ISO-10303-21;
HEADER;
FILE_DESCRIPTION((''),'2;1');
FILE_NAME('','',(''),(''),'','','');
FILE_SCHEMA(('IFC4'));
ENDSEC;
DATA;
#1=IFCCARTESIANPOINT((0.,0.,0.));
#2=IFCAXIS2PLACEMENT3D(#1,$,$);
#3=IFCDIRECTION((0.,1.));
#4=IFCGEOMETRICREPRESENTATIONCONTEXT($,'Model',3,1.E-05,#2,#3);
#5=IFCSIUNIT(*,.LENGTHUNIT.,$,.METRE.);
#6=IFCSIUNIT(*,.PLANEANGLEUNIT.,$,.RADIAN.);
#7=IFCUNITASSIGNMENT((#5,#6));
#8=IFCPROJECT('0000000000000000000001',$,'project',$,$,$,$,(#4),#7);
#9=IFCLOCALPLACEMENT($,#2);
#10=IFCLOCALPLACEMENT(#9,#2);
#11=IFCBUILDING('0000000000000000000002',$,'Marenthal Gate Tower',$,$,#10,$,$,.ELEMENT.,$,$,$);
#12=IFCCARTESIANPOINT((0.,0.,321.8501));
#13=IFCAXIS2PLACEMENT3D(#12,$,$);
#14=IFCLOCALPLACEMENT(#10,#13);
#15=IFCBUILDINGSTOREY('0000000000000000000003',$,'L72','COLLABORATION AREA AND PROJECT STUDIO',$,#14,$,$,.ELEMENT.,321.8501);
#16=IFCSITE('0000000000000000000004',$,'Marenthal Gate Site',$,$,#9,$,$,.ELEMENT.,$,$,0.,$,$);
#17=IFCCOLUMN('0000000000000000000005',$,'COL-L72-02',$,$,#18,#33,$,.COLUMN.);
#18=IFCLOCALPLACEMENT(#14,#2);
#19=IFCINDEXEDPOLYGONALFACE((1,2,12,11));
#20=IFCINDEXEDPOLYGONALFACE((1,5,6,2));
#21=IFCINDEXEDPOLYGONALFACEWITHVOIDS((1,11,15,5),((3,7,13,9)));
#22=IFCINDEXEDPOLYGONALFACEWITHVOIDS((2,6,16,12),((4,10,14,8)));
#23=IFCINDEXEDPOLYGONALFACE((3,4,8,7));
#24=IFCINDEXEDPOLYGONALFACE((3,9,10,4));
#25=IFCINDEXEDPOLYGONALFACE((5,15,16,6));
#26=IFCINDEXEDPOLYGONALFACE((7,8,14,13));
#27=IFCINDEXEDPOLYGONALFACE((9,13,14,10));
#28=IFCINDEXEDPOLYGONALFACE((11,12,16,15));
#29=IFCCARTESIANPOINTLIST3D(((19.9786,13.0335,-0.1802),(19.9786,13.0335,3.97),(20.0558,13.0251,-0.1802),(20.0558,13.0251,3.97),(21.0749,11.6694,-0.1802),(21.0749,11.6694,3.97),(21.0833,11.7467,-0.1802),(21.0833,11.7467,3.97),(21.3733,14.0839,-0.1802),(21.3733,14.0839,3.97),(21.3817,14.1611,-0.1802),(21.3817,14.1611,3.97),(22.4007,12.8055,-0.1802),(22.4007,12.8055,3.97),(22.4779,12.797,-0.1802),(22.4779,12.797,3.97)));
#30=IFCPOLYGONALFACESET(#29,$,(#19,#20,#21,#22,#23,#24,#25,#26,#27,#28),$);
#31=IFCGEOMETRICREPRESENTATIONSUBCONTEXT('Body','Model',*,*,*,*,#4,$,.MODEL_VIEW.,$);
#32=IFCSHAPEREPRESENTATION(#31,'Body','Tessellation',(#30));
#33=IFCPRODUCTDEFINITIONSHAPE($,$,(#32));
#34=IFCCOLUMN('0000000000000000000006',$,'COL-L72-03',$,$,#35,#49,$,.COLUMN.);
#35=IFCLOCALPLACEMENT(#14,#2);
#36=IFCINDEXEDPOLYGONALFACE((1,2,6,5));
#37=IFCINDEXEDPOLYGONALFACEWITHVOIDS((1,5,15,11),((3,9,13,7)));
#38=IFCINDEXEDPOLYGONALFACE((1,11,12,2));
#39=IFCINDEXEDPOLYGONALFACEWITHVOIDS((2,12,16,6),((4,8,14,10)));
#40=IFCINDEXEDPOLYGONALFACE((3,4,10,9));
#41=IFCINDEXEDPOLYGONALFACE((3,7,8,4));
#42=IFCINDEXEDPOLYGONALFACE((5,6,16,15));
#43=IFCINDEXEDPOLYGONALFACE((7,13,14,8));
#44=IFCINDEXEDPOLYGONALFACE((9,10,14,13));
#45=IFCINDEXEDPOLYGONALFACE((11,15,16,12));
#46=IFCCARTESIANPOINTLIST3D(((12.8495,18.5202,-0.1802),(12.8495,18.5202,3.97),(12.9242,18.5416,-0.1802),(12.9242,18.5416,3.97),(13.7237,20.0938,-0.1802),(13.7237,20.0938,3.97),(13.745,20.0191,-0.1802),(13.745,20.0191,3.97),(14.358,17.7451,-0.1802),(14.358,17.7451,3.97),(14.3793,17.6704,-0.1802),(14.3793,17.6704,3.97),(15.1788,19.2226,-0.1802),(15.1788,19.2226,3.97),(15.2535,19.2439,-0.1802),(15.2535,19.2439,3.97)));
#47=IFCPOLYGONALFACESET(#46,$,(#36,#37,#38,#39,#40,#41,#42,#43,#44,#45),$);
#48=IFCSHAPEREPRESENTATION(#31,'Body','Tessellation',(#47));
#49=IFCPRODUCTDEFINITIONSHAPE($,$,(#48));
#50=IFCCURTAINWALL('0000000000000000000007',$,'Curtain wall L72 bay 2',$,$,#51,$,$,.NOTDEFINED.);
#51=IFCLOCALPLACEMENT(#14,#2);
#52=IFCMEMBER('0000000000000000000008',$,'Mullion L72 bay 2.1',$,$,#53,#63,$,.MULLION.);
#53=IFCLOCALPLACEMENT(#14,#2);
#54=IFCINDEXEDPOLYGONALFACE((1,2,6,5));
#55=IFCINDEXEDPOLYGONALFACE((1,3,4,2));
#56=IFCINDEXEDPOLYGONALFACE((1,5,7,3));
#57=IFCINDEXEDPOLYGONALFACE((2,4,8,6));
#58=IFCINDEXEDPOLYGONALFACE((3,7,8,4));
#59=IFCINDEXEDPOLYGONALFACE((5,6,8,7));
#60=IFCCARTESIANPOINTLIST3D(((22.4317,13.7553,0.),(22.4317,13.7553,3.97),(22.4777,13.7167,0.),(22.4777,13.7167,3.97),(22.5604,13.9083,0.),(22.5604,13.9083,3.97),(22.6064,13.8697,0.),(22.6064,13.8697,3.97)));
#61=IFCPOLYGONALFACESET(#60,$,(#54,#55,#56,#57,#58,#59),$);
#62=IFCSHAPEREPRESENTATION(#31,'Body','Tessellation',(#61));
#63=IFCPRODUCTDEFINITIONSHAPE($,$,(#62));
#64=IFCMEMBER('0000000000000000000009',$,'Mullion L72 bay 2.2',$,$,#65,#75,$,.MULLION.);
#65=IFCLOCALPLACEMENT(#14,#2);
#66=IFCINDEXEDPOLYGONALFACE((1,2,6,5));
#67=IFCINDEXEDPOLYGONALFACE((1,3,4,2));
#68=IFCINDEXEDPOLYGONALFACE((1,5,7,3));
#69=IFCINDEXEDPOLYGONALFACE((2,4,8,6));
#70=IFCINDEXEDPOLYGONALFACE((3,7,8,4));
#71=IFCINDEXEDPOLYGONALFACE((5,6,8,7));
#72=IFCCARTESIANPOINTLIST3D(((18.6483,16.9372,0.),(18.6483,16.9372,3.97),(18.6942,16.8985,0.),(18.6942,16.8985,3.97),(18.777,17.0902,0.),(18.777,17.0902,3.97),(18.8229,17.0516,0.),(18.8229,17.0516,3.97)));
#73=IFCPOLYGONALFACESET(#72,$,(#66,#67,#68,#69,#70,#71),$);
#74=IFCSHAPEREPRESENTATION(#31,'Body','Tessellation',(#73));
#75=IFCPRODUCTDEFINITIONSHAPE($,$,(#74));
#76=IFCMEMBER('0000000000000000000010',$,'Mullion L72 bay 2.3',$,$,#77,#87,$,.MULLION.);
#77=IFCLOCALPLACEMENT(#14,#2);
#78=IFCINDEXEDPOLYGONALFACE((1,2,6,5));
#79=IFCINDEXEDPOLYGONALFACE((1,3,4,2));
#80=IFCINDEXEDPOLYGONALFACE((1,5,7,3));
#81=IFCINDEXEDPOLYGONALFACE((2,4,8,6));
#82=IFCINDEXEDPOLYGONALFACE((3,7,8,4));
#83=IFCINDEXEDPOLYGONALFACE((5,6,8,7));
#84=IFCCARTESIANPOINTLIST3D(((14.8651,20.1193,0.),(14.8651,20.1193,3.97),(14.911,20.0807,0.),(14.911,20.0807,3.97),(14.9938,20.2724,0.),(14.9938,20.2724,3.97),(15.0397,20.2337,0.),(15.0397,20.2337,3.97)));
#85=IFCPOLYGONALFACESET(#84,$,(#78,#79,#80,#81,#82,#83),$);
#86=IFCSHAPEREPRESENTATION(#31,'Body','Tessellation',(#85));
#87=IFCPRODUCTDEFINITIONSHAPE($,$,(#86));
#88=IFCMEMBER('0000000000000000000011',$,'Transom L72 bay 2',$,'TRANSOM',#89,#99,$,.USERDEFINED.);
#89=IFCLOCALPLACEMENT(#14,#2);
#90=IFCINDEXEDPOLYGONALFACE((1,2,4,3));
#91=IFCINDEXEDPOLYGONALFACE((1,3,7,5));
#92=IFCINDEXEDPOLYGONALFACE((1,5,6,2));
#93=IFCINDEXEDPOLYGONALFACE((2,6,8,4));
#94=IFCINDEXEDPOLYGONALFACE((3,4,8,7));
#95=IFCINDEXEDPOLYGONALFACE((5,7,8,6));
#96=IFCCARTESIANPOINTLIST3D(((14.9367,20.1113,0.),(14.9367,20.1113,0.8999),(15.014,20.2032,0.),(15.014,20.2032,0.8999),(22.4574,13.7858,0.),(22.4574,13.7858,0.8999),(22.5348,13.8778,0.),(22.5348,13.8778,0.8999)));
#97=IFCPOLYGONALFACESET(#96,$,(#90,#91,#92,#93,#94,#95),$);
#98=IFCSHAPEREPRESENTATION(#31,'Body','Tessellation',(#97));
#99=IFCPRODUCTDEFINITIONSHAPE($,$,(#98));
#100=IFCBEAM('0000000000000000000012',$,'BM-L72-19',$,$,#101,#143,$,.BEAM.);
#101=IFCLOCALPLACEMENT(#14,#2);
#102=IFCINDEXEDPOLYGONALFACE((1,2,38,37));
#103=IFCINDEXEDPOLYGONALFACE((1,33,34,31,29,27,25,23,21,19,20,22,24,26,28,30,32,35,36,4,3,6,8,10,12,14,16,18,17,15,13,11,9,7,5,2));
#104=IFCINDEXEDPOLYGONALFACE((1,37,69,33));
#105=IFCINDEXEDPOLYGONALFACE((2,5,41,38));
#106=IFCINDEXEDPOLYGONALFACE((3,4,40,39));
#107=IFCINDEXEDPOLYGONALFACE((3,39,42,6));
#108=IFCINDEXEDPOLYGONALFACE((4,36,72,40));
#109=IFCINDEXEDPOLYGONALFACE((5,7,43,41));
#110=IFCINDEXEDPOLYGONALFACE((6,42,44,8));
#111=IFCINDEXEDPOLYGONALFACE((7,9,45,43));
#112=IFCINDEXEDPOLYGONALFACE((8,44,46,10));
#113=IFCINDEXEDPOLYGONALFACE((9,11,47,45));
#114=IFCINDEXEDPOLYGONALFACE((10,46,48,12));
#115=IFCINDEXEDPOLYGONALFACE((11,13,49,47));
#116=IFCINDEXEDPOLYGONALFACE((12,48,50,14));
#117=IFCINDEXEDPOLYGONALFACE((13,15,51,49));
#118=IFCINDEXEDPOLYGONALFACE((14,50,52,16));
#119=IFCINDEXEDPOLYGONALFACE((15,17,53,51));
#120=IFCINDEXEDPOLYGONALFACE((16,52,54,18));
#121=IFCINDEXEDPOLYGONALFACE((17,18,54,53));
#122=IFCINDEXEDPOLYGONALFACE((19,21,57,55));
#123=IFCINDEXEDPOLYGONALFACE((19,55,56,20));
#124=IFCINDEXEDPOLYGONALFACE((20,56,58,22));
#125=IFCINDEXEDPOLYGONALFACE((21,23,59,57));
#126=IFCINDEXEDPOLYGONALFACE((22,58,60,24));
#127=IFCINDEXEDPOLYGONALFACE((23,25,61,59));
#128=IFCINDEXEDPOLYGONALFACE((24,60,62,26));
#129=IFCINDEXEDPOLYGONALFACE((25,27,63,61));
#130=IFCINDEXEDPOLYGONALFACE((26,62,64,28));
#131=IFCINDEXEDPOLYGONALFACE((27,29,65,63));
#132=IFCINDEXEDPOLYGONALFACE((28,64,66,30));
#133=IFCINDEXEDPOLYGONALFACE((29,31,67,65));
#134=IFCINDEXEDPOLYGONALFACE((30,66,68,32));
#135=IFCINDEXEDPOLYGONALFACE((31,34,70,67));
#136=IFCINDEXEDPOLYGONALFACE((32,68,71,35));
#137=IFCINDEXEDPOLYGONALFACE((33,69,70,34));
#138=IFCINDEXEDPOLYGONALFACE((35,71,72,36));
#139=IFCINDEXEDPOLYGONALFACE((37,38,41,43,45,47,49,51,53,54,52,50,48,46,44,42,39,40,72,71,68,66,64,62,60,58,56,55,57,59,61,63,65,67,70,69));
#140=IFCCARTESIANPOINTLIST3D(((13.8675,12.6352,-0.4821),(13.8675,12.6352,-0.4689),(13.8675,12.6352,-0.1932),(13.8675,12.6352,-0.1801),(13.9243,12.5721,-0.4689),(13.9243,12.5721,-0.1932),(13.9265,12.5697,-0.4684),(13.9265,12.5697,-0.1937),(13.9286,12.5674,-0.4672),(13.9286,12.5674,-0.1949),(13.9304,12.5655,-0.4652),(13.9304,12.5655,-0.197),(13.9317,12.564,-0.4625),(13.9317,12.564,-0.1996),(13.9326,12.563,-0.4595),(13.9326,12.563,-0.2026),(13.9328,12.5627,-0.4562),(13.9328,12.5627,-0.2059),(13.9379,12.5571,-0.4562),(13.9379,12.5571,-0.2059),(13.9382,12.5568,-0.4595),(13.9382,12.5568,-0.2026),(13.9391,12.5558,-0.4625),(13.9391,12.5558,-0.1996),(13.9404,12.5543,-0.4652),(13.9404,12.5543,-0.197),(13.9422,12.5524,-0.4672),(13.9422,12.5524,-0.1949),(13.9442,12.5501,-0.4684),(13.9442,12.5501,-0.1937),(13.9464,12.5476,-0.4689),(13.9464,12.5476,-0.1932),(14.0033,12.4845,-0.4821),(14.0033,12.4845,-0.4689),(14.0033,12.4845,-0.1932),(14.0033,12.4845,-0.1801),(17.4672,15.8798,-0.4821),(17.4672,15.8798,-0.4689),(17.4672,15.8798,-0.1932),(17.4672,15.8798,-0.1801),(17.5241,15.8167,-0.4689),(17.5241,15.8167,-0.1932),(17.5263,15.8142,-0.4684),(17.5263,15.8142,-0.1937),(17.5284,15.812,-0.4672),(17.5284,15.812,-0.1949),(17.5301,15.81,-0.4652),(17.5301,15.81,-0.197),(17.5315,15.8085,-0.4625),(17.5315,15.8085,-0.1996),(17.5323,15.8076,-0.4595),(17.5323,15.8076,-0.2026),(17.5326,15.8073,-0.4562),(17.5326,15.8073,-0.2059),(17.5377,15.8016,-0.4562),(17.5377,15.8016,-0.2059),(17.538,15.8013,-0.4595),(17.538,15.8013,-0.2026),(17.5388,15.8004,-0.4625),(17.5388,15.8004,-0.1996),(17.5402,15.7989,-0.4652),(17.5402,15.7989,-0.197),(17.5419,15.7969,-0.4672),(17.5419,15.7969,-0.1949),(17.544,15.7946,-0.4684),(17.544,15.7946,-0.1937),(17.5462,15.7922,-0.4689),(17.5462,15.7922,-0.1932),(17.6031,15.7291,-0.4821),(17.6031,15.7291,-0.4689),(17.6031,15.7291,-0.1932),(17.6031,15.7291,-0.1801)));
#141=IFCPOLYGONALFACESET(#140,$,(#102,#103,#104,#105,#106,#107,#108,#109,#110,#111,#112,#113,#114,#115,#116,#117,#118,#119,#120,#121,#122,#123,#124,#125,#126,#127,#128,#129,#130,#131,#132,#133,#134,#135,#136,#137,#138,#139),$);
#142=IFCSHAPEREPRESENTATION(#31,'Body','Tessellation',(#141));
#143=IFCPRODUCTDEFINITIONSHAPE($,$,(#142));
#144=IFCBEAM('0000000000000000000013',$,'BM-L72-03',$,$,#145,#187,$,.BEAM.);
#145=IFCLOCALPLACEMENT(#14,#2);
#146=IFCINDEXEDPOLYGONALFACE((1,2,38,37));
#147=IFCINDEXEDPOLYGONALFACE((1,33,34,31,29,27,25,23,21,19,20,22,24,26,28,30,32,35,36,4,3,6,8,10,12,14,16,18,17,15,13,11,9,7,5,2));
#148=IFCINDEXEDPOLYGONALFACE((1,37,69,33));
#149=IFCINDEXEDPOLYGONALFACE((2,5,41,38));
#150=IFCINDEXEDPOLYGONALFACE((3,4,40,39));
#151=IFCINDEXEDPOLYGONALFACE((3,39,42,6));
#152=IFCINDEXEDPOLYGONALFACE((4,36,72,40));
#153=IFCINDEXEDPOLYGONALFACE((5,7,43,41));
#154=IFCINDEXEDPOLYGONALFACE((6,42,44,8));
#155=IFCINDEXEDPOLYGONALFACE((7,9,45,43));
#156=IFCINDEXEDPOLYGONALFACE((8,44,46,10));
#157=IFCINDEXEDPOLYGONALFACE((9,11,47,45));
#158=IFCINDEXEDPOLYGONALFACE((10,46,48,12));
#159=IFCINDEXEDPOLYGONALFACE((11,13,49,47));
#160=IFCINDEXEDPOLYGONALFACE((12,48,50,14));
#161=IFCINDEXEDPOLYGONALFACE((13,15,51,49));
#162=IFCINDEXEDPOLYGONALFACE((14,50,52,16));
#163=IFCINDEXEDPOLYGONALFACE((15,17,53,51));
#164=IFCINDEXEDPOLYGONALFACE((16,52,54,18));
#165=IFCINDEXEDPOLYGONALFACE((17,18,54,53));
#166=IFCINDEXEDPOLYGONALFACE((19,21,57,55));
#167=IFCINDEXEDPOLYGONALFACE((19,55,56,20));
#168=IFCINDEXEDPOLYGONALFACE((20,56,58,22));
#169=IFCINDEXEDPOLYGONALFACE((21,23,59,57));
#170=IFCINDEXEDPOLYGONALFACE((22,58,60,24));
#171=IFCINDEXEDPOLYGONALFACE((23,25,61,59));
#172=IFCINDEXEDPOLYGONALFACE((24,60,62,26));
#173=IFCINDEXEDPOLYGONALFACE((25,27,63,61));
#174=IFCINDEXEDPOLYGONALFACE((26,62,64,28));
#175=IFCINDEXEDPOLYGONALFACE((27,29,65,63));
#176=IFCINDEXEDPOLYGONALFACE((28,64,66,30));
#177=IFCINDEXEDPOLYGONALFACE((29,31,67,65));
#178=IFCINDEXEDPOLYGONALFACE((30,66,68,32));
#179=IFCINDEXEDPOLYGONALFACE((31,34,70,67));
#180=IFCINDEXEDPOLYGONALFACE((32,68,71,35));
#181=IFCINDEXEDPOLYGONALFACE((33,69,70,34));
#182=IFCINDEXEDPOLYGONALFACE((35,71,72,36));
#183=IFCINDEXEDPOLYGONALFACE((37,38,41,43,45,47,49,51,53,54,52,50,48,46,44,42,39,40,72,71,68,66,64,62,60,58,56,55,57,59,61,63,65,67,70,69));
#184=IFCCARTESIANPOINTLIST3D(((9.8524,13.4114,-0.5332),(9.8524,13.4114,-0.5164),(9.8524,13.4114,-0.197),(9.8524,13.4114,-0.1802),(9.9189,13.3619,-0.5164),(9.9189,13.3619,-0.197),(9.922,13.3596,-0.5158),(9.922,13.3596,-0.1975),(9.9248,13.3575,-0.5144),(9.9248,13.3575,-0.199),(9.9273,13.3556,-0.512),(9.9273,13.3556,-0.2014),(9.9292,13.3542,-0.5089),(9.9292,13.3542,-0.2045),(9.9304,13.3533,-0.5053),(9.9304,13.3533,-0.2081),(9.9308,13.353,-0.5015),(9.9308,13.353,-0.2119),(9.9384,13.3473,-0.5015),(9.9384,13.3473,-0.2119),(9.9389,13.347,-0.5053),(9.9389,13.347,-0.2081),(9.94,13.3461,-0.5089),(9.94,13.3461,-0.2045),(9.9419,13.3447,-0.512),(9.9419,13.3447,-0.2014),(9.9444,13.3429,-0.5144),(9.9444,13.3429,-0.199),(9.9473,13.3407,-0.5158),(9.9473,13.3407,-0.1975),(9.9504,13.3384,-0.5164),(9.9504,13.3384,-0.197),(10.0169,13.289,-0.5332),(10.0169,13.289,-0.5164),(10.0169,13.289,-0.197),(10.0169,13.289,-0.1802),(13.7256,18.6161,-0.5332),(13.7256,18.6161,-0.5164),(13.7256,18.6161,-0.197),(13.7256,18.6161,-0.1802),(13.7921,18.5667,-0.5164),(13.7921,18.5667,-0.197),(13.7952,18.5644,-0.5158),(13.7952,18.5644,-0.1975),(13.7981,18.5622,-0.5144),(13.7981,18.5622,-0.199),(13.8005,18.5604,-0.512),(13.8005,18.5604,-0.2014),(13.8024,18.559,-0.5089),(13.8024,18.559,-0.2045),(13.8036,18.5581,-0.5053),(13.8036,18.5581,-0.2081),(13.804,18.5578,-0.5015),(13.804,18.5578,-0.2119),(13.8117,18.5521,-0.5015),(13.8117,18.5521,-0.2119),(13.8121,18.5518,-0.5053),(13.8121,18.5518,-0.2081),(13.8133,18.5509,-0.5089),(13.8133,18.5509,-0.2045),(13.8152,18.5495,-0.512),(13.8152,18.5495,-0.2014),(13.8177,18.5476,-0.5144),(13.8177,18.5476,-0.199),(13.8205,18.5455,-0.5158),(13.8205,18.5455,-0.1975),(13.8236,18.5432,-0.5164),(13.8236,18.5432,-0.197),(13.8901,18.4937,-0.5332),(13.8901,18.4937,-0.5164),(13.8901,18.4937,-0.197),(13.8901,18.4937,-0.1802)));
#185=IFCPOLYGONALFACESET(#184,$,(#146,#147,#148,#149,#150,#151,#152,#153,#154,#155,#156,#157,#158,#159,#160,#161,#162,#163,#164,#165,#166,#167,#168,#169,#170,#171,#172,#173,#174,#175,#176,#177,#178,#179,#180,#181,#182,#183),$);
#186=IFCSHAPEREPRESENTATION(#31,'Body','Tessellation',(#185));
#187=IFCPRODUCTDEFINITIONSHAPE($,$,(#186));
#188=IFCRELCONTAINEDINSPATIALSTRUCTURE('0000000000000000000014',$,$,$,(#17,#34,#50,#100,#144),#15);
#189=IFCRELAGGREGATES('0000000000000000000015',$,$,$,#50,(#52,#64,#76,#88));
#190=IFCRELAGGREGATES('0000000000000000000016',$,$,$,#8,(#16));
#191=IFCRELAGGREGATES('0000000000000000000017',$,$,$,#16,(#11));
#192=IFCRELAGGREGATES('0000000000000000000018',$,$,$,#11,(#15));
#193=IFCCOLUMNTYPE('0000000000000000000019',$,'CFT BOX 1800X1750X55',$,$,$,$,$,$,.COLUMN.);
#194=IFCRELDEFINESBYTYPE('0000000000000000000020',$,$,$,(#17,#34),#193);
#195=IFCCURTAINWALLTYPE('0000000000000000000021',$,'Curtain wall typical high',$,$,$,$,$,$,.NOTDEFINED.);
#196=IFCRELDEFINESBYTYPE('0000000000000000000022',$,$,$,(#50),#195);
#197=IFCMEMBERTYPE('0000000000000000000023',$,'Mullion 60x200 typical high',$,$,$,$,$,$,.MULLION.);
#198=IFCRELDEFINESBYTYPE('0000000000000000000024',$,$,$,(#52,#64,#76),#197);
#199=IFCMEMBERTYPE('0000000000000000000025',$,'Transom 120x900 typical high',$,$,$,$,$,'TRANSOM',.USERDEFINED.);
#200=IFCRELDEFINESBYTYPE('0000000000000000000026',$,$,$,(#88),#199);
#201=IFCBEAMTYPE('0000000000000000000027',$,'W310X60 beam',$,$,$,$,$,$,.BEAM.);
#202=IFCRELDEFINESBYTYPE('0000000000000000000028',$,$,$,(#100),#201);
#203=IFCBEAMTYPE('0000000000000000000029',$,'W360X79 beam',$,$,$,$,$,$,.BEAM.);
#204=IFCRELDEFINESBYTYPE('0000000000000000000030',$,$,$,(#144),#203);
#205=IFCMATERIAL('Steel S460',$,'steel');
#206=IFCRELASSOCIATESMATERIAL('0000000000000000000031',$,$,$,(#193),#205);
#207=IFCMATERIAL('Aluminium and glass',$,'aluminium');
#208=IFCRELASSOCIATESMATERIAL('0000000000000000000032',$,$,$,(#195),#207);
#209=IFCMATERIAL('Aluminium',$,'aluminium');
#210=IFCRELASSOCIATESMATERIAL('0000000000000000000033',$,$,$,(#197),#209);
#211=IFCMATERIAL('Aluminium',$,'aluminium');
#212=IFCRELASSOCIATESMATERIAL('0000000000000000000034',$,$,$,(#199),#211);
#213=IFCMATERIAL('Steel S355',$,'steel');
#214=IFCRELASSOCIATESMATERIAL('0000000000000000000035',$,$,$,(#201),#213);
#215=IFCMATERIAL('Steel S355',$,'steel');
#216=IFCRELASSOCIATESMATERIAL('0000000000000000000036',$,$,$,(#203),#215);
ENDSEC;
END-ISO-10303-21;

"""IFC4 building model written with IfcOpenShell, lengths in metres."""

from ifc_helpers import new_model, si_unit, direction, frame, origin, origin_2d, place, context, subcontext, project, spatial, rectangle, hollow_rectangle, i_section, extrude, material, material_profile, profile_set, type_object, element, aggregate, save


model = new_model("IFC4")

# Units and contexts
model_context = context("Model", 3, precision=1e-05, world=origin(), true_north=direction((0.0, 1.0)))
body_context = subcontext(model_context, "Body", "Model", "MODEL_VIEW")
ifc_project = project(units=[si_unit("LENGTHUNIT", "METRE"), si_unit("PLANEANGLEUNIT", "RADIAN")], contexts=[model_context])

# Site, building, storey
site_placement = place(None, origin())
site = spatial("IfcSite", under=ifc_project, at=site_placement, Name="Marenthal Gate Site", CompositionType="ELEMENT", RefElevation=0.0)
building_placement = place(site_placement, origin())
building = spatial("IfcBuilding", under=site, at=building_placement, Name="Marenthal Gate Tower", CompositionType="ELEMENT")
storey_placement = place(building_placement, frame((0.0, 0.0, 321.8501)))
storey = spatial("IfcBuildingStorey", under=building, at=storey_placement, Name="L72", Description="COLLABORATION AREA AND PROJECT STUDIO", CompositionType="ELEMENT", Elevation=321.8501)

# Columns
ifc_material_1 = material(Name="Steel S460", Category="steel")
ifc_material_profile_1 = material_profile(ifc_material_1, hollow_rectangle(XDim=1.75, YDim=1.8, WallThickness=0.0549, at=origin_2d()), Name="CFT BOX 1800X1750X55")
ifc_material_2 = material(Name="Concrete 70 MPa", Category="concrete")
ifc_material_profile_2 = material_profile(ifc_material_2, rectangle(XDim=1.6399, YDim=1.6899, at=origin_2d()), Name="CFT BOX 1800X1750X55 INFILL")
ifc_profile_set_1 = profile_set([ifc_material_profile_1, ifc_material_profile_2], Name="Steel S460 shell, Concrete 70 MPa infill")
column_type = type_object("IfcColumnType", Name="CFT BOX 1800X1750X55", PredefinedType="COLUMN", material=ifc_profile_set_1)
for number, where, z_axis, x_axis, name in (
    (1, (21.2283, 12.9153, -0.1802), (0.0, 0.0, 1.0), (0.626431, -0.779477, 0.0), "COL-L72-02"),
    (2, (14.0515, 18.8821, -0.1802), (0.0, 0.0, 1.0), (0.874163, -0.485632, 0.0), "COL-L72-03"),
):
    element("IfcColumn", number, at=place(storey_placement, frame(where, z_axis=z_axis, x_axis=x_axis)), inside=storey, type_object=column_type, Name=name, PredefinedType="COLUMN", context=body_context, shape_type="SweptSolid", body=[
        extrude(hollow_rectangle(XDim=1.75, YDim=1.8, WallThickness=0.0549, at=origin_2d()), origin(), (0.0, 0.0, 1.0), 4.1501),
    ])

# Curtain wall, members
ifc_material_3 = material(Name="Aluminium and glass", Category="aluminium")
curtain_wall_type = type_object("IfcCurtainWallType", Name="Curtain wall typical high", PredefinedType="NOTDEFINED", material=ifc_material_3)
curtain_wall_placement = place(storey_placement, origin())
curtain_wall = element("IfcCurtainWall", 3, at=curtain_wall_placement, inside=storey, type_object=curtain_wall_type, Name="Curtain wall L72 bay 2", PredefinedType="NOTDEFINED")
ifc_material_4 = material(Name="Aluminium", Category="aluminium")
ifc_material_profile_3 = material_profile(ifc_material_4, rectangle(XDim=0.2, YDim=0.0601, at=origin_2d()), Name="60x200 aluminium mullion")
ifc_profile_set_2 = profile_set([ifc_material_profile_3], Name="Aluminium")
member_type_1 = type_object("IfcMemberType", Name="Mullion 60x200 typical high", PredefinedType="MULLION", material=ifc_profile_set_2)
member_1_placement = place(storey_placement, frame((22.519, 13.8125, 0.0), z_axis=(0.0, 0.0, 1.0), x_axis=(-0.643676, -0.765298, 0.0)))
member_1 = element("IfcMember", 4, at=member_1_placement, type_object=member_type_1, Name="Mullion L72 bay 2.1", PredefinedType="MULLION", context=body_context, shape_type="SweptSolid", body=[
    extrude(rectangle(XDim=0.2, YDim=0.0601, at=origin_2d()), origin(), (0.0, 0.0, 1.0), 3.97),
])
member_2_placement = place(storey_placement, frame((18.7356, 16.9944, 0.0), z_axis=(0.0, 0.0, 1.0), x_axis=(-0.643676, -0.765298, 0.0)))
member_2 = element("IfcMember", 5, at=member_2_placement, type_object=member_type_1, Name="Mullion L72 bay 2.2", PredefinedType="MULLION", context=body_context, shape_type="SweptSolid", body=[
    extrude(rectangle(XDim=0.2, YDim=0.0601, at=origin_2d()), origin(), (0.0, 0.0, 1.0), 3.97),
])
member_3_placement = place(storey_placement, frame((14.9524, 20.1765, 0.0), z_axis=(0.0, 0.0, 1.0), x_axis=(-0.643676, -0.765298, 0.0)))
member_3 = element("IfcMember", 6, at=member_3_placement, type_object=member_type_1, Name="Mullion L72 bay 2.3", PredefinedType="MULLION", context=body_context, shape_type="SweptSolid", body=[
    extrude(rectangle(XDim=0.2, YDim=0.0601, at=origin_2d()), origin(), (0.0, 0.0, 1.0), 3.97),
])
ifc_material_5 = material(Name="Aluminium", Category="aluminium")
ifc_material_profile_4 = material_profile(ifc_material_5, rectangle(XDim=0.1201, YDim=0.8999, at=origin_2d()), Name="120x900 aluminium transom")
ifc_profile_set_3 = profile_set([ifc_material_profile_4], Name="Aluminium")
member_type_2 = type_object("IfcMemberType", Name="Transom 120x900 typical high", ElementType="TRANSOM", PredefinedType="USERDEFINED", material=ifc_profile_set_3)
member_4_placement = place(storey_placement, frame((22.4961, 13.8318, 0.45), z_axis=(-0.765303, 0.64367, 0.0), x_axis=(-0.64367, -0.765303, 0.0)))
member_4 = element("IfcMember", 7, at=member_4_placement, type_object=member_type_2, Name="Transom L72 bay 2", ObjectType="TRANSOM", PredefinedType="USERDEFINED", context=body_context, shape_type="SweptSolid", body=[
    extrude(rectangle(XDim=0.1201, YDim=0.8999, at=origin_2d()), origin(), (0.0, 0.0, 1.0), 9.8271),
])

# Beams
ifc_material_6 = material(Name="Steel S355", Category="steel")
ifc_material_profile_5 = material_profile(ifc_material_6, i_section(OverallWidth=0.2029, OverallDepth=0.302, WebThickness=0.0076, FlangeThickness=0.0132, FilletRadius=0.0127, at=origin_2d()), Name="W310X60")
ifc_profile_set_4 = profile_set([ifc_material_profile_5], Name="Steel S355")
beam_type_1 = type_object("IfcBeamType", Name="W310X60 beam", PredefinedType="BEAM", material=ifc_profile_set_4)
beam_1_placement = place(storey_placement, frame((17.5352, 15.8044, -0.3311), z_axis=(-0.742805, -0.669507, 0.0), x_axis=(0.669507, -0.742805, 0.0)))
element("IfcBeam", 8, at=beam_1_placement, inside=storey, type_object=beam_type_1, Name="BM-L72-19", PredefinedType="BEAM", context=body_context, shape_type="SweptSolid", body=[
    extrude(i_section(OverallWidth=0.2029, OverallDepth=0.302, WebThickness=0.0076, FlangeThickness=0.0132, FilletRadius=0.0127, at=origin_2d()), origin(), (0.0, 0.0, 1.0), 4.8462),
])
ifc_material_7 = material(Name="Steel S355", Category="steel")
ifc_material_profile_6 = material_profile(ifc_material_7, i_section(OverallWidth=0.2051, OverallDepth=0.353, WebThickness=0.0095, FlangeThickness=0.0168, FilletRadius=0.0149, at=origin_2d()), Name="W360X79")
ifc_profile_set_5 = profile_set([ifc_material_profile_6], Name="Steel S355")
beam_type_2 = type_object("IfcBeamType", Name="W360X79 beam", PredefinedType="BEAM", material=ifc_profile_set_5)
beam_2_placement = place(storey_placement, frame((13.8079, 18.5549, -0.3567), z_axis=(-0.597003, -0.802239, 0.0), x_axis=(0.802239, -0.597003, 0.0)))
element("IfcBeam", 9, at=beam_2_placement, inside=storey, type_object=beam_type_2, Name="BM-L72-03", PredefinedType="BEAM", context=body_context, shape_type="SweptSolid", body=[
    extrude(i_section(OverallWidth=0.2051, OverallDepth=0.353, WebThickness=0.0095, FlangeThickness=0.0168, FilletRadius=0.0149, at=origin_2d()), origin(), (0.0, 0.0, 1.0), 6.4878),
])

aggregate(curtain_wall, [member_1, member_2, member_3, member_4])

save(model, "model.ifc")
